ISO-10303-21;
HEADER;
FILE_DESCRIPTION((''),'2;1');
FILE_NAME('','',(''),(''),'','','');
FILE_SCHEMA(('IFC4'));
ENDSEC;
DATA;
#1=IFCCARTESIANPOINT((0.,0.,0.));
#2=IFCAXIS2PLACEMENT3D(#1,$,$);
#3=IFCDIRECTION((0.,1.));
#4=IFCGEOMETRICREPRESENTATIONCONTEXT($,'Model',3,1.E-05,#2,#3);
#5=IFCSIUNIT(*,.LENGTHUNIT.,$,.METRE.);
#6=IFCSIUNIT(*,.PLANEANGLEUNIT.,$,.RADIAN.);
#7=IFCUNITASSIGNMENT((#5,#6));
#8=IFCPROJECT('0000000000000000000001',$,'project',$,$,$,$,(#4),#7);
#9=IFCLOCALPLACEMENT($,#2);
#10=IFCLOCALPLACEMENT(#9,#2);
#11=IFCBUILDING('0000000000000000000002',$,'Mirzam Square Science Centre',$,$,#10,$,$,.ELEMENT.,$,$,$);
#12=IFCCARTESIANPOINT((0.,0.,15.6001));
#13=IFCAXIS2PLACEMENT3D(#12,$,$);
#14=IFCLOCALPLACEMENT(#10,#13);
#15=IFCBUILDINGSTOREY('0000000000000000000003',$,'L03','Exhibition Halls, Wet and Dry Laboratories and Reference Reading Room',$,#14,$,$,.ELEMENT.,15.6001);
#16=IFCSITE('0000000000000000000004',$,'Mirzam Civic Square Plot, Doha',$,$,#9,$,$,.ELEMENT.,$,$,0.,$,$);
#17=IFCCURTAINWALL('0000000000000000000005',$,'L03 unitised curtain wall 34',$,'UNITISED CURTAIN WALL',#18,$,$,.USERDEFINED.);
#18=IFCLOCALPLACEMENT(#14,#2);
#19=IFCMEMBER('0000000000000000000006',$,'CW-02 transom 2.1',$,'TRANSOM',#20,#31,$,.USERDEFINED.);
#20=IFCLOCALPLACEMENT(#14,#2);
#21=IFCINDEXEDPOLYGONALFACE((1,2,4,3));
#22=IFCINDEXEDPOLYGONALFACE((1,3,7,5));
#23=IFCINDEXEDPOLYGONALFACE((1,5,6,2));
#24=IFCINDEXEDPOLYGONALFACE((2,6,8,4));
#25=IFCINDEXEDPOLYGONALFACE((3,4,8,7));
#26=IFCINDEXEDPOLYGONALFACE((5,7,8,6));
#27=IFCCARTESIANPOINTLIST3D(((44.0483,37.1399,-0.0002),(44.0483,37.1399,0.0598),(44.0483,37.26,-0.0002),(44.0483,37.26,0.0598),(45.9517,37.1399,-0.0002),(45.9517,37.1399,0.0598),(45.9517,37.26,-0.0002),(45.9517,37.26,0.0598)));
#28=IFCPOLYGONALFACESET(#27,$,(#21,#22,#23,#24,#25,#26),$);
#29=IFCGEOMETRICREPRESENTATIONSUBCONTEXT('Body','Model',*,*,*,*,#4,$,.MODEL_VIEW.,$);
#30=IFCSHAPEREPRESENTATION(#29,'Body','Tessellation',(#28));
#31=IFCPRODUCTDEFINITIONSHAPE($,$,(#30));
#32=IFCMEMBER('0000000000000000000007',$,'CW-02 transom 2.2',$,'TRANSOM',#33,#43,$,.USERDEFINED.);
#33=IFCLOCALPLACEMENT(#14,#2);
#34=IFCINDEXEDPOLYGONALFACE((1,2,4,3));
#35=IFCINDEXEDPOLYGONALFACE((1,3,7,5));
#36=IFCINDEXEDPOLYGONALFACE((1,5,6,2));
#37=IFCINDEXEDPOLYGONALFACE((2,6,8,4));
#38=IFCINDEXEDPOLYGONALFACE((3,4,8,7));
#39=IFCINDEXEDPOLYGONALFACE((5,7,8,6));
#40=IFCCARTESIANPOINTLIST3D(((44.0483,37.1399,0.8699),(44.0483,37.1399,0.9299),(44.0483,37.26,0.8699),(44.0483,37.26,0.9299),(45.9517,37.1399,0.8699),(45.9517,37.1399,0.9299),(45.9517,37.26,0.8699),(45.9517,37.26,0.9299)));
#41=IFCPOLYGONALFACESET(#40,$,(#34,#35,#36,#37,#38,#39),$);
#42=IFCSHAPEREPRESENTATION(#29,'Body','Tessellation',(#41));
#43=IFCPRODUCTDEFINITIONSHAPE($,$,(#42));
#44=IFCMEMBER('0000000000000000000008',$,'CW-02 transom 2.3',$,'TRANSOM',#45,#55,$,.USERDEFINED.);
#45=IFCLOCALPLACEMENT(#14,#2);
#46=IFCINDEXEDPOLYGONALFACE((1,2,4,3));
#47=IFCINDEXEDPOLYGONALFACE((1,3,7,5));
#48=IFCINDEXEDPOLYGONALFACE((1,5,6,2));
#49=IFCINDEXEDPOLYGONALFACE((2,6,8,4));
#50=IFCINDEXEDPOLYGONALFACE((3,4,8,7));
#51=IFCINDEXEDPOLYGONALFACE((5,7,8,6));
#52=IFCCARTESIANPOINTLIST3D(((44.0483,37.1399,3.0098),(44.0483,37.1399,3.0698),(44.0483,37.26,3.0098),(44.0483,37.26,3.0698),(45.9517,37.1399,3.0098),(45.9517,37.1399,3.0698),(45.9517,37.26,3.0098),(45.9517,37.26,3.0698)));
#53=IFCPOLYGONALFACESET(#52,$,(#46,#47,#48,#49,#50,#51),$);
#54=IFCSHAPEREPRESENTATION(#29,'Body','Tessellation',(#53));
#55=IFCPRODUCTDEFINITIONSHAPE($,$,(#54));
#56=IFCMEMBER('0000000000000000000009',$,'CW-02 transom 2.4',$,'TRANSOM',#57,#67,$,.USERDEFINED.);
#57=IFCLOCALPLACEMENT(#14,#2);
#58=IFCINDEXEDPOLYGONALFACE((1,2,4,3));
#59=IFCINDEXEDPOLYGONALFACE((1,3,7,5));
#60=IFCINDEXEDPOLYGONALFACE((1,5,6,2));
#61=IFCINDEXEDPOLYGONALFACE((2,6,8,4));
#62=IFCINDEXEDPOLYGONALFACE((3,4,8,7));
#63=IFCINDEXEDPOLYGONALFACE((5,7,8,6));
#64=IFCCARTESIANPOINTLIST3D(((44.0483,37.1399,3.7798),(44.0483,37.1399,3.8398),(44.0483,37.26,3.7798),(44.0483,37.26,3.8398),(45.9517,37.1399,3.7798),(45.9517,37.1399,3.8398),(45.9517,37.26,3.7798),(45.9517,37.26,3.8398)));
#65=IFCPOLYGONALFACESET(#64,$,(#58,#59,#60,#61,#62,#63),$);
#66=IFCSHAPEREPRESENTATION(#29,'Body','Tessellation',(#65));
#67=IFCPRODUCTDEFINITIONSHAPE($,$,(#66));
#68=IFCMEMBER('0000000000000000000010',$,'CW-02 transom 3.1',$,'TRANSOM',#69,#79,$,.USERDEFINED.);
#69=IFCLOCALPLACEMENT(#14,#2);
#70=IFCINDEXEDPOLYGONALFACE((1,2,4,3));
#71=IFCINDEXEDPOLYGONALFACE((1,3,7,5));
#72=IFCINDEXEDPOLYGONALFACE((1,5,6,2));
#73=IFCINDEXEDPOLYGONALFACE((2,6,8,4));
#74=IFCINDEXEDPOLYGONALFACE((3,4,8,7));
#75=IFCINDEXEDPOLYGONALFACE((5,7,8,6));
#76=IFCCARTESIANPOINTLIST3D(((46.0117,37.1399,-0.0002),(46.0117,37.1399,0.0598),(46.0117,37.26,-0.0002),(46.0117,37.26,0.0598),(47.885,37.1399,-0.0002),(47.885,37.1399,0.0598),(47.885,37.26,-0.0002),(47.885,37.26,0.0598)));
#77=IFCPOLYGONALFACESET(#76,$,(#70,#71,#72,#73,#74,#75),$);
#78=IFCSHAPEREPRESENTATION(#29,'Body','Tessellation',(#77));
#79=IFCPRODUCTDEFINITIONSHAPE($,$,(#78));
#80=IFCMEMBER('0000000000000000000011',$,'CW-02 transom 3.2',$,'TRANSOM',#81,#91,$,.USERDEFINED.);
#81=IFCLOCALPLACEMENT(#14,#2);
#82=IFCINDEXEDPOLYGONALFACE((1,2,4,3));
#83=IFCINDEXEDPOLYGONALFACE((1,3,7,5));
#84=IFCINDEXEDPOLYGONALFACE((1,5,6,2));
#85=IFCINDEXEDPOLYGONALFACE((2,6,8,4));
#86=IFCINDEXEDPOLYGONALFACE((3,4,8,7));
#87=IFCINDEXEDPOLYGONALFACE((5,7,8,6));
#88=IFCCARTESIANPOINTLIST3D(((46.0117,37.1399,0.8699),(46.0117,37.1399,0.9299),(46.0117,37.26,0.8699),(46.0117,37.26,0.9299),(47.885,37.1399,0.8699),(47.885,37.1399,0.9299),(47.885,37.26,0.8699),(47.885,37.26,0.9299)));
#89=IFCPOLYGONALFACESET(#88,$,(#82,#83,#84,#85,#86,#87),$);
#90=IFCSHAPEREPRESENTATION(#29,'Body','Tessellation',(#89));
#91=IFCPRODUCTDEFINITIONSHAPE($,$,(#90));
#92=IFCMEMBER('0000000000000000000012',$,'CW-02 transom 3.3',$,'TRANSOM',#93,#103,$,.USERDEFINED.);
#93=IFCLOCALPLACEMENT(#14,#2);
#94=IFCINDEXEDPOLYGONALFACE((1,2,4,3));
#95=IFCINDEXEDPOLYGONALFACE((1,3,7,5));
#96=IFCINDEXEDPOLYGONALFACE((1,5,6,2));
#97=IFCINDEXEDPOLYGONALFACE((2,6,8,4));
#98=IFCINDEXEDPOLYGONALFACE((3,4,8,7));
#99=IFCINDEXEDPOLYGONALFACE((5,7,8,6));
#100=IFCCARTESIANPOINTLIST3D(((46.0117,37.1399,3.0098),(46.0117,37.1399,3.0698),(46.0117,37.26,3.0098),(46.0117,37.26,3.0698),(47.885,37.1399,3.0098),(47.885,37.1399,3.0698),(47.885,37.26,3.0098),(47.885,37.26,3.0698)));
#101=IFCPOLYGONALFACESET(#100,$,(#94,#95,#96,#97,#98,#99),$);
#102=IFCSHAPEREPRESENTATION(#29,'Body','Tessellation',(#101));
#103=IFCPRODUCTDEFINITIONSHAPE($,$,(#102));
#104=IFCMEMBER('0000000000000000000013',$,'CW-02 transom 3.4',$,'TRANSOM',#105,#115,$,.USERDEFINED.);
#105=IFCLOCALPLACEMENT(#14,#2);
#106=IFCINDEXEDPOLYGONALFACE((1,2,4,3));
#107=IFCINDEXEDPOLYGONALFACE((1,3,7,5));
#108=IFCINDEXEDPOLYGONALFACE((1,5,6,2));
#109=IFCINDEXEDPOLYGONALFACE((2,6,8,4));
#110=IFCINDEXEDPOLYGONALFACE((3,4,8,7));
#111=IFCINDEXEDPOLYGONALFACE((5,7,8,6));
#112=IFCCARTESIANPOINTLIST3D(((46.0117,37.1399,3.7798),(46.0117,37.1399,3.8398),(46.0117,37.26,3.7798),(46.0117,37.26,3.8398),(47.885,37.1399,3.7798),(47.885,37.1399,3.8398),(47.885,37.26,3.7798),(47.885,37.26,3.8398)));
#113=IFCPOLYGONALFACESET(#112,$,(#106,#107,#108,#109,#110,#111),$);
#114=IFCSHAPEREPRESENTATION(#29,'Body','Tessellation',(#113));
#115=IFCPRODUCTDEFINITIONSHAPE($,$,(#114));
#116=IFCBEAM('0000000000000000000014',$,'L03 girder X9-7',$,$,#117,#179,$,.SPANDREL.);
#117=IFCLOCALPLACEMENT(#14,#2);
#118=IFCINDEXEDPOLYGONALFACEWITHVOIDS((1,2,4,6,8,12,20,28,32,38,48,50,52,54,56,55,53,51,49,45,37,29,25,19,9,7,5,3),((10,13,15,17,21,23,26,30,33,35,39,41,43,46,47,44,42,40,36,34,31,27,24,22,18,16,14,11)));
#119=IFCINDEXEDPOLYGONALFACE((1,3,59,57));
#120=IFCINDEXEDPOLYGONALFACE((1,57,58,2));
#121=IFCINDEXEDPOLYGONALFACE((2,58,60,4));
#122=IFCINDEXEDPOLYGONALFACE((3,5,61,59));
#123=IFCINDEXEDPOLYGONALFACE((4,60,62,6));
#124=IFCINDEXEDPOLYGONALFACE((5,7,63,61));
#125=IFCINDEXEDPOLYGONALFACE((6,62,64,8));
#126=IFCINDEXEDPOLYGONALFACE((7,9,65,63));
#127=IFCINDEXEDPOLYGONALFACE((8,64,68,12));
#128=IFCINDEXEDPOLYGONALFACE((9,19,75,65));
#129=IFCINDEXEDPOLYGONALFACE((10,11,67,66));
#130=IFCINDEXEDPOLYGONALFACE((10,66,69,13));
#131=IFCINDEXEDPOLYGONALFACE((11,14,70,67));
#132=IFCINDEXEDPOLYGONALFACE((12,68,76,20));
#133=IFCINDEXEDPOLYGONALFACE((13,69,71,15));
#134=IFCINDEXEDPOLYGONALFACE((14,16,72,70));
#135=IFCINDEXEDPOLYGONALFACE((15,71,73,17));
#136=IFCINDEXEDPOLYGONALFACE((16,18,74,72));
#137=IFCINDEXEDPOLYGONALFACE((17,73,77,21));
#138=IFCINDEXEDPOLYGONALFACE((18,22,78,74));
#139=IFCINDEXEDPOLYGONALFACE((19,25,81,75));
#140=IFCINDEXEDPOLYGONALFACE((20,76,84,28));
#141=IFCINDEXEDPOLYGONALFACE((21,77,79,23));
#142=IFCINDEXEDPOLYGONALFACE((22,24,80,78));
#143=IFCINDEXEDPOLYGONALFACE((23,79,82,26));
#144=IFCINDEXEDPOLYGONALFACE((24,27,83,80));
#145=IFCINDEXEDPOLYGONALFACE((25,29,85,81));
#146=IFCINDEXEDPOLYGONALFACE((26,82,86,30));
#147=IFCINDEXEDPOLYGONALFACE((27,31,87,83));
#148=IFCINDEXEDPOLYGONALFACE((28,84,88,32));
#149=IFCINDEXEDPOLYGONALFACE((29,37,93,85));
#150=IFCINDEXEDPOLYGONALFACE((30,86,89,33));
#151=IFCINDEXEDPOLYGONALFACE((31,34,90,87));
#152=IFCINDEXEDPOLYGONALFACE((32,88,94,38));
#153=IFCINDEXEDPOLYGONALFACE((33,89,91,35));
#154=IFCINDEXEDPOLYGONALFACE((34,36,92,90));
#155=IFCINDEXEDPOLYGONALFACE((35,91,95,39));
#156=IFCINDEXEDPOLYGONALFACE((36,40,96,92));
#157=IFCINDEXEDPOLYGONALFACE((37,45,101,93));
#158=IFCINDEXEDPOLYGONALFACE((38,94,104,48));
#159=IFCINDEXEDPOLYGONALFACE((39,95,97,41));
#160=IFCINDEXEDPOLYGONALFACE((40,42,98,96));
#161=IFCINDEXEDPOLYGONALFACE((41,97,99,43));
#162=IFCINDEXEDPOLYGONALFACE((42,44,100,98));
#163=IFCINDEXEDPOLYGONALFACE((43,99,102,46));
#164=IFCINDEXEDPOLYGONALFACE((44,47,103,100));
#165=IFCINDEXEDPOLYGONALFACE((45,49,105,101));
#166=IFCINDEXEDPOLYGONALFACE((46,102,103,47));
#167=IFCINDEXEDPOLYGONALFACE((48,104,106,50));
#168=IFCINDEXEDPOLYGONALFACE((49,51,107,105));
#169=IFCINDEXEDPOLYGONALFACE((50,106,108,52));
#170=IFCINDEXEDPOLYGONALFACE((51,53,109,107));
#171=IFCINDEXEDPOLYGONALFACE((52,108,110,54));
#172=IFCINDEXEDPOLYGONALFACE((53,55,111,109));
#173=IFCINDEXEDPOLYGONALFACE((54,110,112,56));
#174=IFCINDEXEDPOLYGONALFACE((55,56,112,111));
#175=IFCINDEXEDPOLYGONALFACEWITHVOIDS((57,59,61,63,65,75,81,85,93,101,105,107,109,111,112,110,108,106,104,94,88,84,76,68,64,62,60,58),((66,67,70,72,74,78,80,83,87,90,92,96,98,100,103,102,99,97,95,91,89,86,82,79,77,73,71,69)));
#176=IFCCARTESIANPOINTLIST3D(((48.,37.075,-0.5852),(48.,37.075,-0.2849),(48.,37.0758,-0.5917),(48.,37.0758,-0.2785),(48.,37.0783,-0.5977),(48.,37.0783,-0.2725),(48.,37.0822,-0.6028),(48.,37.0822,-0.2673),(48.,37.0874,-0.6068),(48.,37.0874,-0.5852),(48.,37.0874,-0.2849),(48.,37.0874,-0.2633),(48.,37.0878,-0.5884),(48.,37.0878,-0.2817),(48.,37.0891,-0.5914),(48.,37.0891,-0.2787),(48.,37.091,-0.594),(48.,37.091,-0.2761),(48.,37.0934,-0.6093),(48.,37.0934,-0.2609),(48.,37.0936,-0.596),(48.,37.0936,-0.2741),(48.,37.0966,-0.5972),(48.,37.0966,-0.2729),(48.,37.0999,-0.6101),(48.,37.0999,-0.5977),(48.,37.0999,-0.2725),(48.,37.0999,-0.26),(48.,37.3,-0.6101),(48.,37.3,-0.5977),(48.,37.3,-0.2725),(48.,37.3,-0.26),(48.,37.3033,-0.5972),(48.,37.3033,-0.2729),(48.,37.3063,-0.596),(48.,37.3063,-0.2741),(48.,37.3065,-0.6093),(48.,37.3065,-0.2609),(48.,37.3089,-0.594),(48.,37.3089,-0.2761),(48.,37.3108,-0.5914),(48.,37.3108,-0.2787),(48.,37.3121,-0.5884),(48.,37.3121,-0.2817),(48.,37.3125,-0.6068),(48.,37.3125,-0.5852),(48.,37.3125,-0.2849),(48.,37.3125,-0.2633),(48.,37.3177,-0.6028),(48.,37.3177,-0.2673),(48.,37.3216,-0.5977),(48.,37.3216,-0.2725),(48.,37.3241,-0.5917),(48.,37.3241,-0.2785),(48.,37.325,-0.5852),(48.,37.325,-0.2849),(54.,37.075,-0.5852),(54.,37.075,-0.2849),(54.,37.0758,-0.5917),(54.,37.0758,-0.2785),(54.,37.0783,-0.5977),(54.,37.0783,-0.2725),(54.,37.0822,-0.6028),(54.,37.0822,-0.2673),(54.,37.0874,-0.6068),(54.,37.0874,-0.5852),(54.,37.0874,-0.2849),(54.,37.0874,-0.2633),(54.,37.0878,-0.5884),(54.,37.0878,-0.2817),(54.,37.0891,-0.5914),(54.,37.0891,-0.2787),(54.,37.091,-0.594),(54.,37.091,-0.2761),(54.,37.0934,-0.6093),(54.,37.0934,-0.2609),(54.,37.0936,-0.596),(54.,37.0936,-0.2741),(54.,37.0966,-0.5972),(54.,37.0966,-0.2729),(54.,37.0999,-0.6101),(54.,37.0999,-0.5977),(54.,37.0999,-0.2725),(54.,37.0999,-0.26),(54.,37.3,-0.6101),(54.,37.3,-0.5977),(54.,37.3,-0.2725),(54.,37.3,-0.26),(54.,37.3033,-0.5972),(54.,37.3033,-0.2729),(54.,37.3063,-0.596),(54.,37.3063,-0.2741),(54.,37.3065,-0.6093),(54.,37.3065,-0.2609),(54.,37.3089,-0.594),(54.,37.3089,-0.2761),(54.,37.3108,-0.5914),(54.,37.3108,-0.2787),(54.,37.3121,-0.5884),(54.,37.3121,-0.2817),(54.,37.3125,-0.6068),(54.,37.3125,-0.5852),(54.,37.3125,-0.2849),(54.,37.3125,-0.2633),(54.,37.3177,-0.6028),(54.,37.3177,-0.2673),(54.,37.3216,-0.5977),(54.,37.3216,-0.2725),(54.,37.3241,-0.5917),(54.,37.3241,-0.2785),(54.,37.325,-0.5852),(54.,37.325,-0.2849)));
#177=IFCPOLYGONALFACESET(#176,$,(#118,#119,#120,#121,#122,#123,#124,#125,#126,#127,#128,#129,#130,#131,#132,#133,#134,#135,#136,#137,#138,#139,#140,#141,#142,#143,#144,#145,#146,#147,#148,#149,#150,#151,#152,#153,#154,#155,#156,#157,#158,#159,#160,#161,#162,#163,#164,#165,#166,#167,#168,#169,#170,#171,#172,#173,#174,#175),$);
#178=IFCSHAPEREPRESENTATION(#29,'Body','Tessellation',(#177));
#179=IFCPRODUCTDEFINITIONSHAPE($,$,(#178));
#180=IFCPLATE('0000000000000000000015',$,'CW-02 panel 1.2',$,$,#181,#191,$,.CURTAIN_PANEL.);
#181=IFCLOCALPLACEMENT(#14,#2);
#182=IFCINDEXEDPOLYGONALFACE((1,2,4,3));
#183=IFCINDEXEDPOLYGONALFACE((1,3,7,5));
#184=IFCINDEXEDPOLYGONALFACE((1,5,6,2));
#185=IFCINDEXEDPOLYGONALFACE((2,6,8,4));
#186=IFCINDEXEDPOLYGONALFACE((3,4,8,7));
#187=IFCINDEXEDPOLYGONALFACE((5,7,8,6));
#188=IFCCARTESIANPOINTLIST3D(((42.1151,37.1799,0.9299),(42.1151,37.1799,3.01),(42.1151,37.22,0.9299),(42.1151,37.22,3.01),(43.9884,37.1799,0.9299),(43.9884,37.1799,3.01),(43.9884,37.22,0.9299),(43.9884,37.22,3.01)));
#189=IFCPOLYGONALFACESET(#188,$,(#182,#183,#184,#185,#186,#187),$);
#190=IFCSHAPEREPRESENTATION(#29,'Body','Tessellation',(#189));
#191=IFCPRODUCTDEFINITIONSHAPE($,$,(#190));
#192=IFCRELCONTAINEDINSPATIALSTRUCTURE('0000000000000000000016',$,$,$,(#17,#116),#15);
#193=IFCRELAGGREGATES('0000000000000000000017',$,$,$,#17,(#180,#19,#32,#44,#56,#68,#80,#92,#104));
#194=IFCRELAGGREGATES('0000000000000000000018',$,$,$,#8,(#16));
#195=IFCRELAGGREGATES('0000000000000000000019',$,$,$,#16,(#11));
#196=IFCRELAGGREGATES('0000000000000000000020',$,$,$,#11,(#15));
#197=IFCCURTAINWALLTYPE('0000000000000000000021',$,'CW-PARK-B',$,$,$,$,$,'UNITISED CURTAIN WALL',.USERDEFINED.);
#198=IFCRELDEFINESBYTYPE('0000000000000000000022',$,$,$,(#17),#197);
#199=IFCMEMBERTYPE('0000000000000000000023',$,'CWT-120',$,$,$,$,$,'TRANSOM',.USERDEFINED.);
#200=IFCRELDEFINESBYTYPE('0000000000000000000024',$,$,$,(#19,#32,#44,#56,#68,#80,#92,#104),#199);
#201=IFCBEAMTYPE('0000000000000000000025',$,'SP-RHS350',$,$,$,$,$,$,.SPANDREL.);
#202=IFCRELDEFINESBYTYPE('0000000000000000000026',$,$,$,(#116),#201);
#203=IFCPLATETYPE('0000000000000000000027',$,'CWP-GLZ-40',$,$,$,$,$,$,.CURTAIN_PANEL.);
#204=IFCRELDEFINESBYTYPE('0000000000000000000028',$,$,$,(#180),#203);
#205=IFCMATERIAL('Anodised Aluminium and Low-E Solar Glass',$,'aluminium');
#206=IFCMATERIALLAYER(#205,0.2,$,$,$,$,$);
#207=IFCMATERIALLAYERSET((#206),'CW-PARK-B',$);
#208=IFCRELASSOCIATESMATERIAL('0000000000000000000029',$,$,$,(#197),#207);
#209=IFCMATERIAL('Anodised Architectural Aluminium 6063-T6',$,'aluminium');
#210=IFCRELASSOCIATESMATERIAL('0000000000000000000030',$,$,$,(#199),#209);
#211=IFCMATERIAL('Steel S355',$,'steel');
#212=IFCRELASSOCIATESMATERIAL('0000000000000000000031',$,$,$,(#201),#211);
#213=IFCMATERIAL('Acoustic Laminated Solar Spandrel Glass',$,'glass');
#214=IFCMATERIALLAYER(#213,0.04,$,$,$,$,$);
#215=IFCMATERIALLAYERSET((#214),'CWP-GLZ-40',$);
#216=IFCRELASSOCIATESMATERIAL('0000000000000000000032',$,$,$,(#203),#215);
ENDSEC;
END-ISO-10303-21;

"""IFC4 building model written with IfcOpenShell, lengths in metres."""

from ifc_helpers import new_model, si_unit, direction, frame, origin, origin_2d, place, context, subcontext, project, spatial, rectangle, hollow_rectangle, extrude, material, layer, layer_set, material_profile, profile_set, type_object, element, aggregate, save


model = new_model("IFC4")

# Units and contexts
model_context = context("Model", 3, precision=1e-05, world=origin(), true_north=direction((0.0, 1.0)))
body_context = subcontext(model_context, "Body", "Model", "MODEL_VIEW")
ifc_project = project(units=[si_unit("LENGTHUNIT", "METRE"), si_unit("PLANEANGLEUNIT", "RADIAN")], contexts=[model_context])

# Site, building, storey
site_placement = place(None, origin())
site = spatial("IfcSite", under=ifc_project, at=site_placement, Name="Mirzam Civic Square Plot, Doha", CompositionType="ELEMENT", RefElevation=0.0)
building_placement = place(site_placement, origin())
building = spatial("IfcBuilding", under=site, at=building_placement, Name="Mirzam Square Science Centre", CompositionType="ELEMENT")
storey_placement = place(building_placement, frame((0.0, 0.0, 15.6001)))
storey = spatial("IfcBuildingStorey", under=building, at=storey_placement, Name="L03", Description="Exhibition Halls, Wet and Dry Laboratories and Reference Reading Room", CompositionType="ELEMENT", Elevation=15.6001)

# Shared definitions
ifc_material_1 = material(Name="Steel S355", Category="steel")

# Curtain wall, members
ifc_material_2 = material(Name="Anodised Aluminium and Low-E Solar Glass", Category="aluminium")
ifc_layer_1 = layer(ifc_material_2, 0.2)
ifc_layer_set_1 = layer_set([ifc_layer_1], Name="CW-PARK-B")
curtain_wall_type = type_object("IfcCurtainWallType", Name="CW-PARK-B", ElementType="UNITISED CURTAIN WALL", PredefinedType="USERDEFINED", material=ifc_layer_set_1)
curtain_wall_placement = place(storey_placement, origin())
curtain_wall = element("IfcCurtainWall", 1, at=curtain_wall_placement, inside=storey, type_object=curtain_wall_type, Name="L03 unitised curtain wall 34", ObjectType="UNITISED CURTAIN WALL", PredefinedType="USERDEFINED")
ifc_material_3 = material(Name="Anodised Architectural Aluminium 6063-T6", Category="aluminium")
ifc_material_profile_1 = material_profile(ifc_material_3, rectangle(XDim=0.1201, YDim=0.0601, at=origin_2d()), Name="ALU-TRAN-120x60x4")
ifc_profile_set_1 = profile_set([ifc_material_profile_1], Name="Anodised Architectural Aluminium 6063-T6")
member_type_1 = type_object("IfcMemberType", Name="CWT-120", ElementType="TRANSOM", PredefinedType="USERDEFINED", material=ifc_profile_set_1)
member_1_placement = place(storey_placement, frame((44.0483, 37.2, 0.0298), z_axis=(1.0, 0.0, 0.0), x_axis=(0.0, 1.0, 0.0)))
member_1 = element("IfcMember", 2, at=member_1_placement, type_object=member_type_1, Name="CW-02 transom 2.1", ObjectType="TRANSOM", PredefinedType="USERDEFINED", context=body_context, shape_type="SweptSolid", body=[
    extrude(rectangle(XDim=0.1201, YDim=0.0601, at=origin_2d()), origin(), (0.0, 0.0, 1.0), 1.9033),
])
member_2_placement = place(storey_placement, frame((44.0483, 37.2, 0.8999), z_axis=(1.0, 0.0, 0.0), x_axis=(0.0, 1.0, 0.0)))
member_2 = element("IfcMember", 3, at=member_2_placement, type_object=member_type_1, Name="CW-02 transom 2.2", ObjectType="TRANSOM", PredefinedType="USERDEFINED", context=body_context, shape_type="SweptSolid", body=[
    extrude(rectangle(XDim=0.1201, YDim=0.0601, at=origin_2d()), origin(), (0.0, 0.0, 1.0), 1.9033),
])
member_3_placement = place(storey_placement, frame((44.0483, 37.2, 3.0398), z_axis=(1.0, 0.0, 0.0), x_axis=(0.0, 1.0, 0.0)))
member_3 = element("IfcMember", 4, at=member_3_placement, type_object=member_type_1, Name="CW-02 transom 2.3", ObjectType="TRANSOM", PredefinedType="USERDEFINED", context=body_context, shape_type="SweptSolid", body=[
    extrude(rectangle(XDim=0.1201, YDim=0.0601, at=origin_2d()), origin(), (0.0, 0.0, 1.0), 1.9033),
])
member_4_placement = place(storey_placement, frame((44.0483, 37.2, 3.8098), z_axis=(1.0, 0.0, 0.0), x_axis=(0.0, 1.0, 0.0)))
member_4 = element("IfcMember", 5, at=member_4_placement, type_object=member_type_1, Name="CW-02 transom 2.4", ObjectType="TRANSOM", PredefinedType="USERDEFINED", context=body_context, shape_type="SweptSolid", body=[
    extrude(rectangle(XDim=0.1201, YDim=0.0601, at=origin_2d()), origin(), (0.0, 0.0, 1.0), 1.9033),
])
member_5_placement = place(storey_placement, frame((46.0117, 37.2, 0.0298), z_axis=(1.0, 0.0, 0.0), x_axis=(0.0, 1.0, 0.0)))
member_5 = element("IfcMember", 6, at=member_5_placement, type_object=member_type_1, Name="CW-02 transom 3.1", ObjectType="TRANSOM", PredefinedType="USERDEFINED", context=body_context, shape_type="SweptSolid", body=[
    extrude(rectangle(XDim=0.1201, YDim=0.0601, at=origin_2d()), origin(), (0.0, 0.0, 1.0), 1.8733),
])
member_6_placement = place(storey_placement, frame((46.0117, 37.2, 0.8999), z_axis=(1.0, 0.0, 0.0), x_axis=(0.0, 1.0, 0.0)))
member_6 = element("IfcMember", 7, at=member_6_placement, type_object=member_type_1, Name="CW-02 transom 3.2", ObjectType="TRANSOM", PredefinedType="USERDEFINED", context=body_context, shape_type="SweptSolid", body=[
    extrude(rectangle(XDim=0.1201, YDim=0.0601, at=origin_2d()), origin(), (0.0, 0.0, 1.0), 1.8733),
])
member_7_placement = place(storey_placement, frame((46.0117, 37.2, 3.0398), z_axis=(1.0, 0.0, 0.0), x_axis=(0.0, 1.0, 0.0)))
member_7 = element("IfcMember", 8, at=member_7_placement, type_object=member_type_1, Name="CW-02 transom 3.3", ObjectType="TRANSOM", PredefinedType="USERDEFINED", context=body_context, shape_type="SweptSolid", body=[
    extrude(rectangle(XDim=0.1201, YDim=0.0601, at=origin_2d()), origin(), (0.0, 0.0, 1.0), 1.8733),
])
member_8_placement = place(storey_placement, frame((46.0117, 37.2, 3.8098), z_axis=(1.0, 0.0, 0.0), x_axis=(0.0, 1.0, 0.0)))
member_8 = element("IfcMember", 9, at=member_8_placement, type_object=member_type_1, Name="CW-02 transom 3.4", ObjectType="TRANSOM", PredefinedType="USERDEFINED", context=body_context, shape_type="SweptSolid", body=[
    extrude(rectangle(XDim=0.1201, YDim=0.0601, at=origin_2d()), origin(), (0.0, 0.0, 1.0), 1.8733),
])

# Beam
ifc_material_profile_2 = material_profile(ifc_material_1, hollow_rectangle(XDim=0.25, YDim=0.3501, WallThickness=0.0125, InnerFilletRadius=0.0125, OuterFilletRadius=0.0249, at=origin_2d()), Name="350x250x12.5RHS")
ifc_profile_set_2 = profile_set([ifc_material_profile_2], Name="Steel S355")
beam_type_1 = type_object("IfcBeamType", Name="SP-RHS350", PredefinedType="SPANDREL", material=ifc_profile_set_2)
beam_1_placement = place(storey_placement, frame((48.0, 37.2, -0.4351), z_axis=(1.0, 0.0, 0.0), x_axis=(0.0, 1.0, 0.0)))
element("IfcBeam", 10, at=beam_1_placement, inside=storey, type_object=beam_type_1, Name="L03 girder X9-7", PredefinedType="SPANDREL", context=body_context, shape_type="SweptSolid", body=[
    extrude(hollow_rectangle(XDim=0.25, YDim=0.3501, WallThickness=0.0125, InnerFilletRadius=0.0125, OuterFilletRadius=0.0249, at=origin_2d()), origin(), (0.0, 0.0, 1.0), 6.0),
])

# Plate
ifc_material_4 = material(Name="Acoustic Laminated Solar Spandrel Glass", Category="glass")
ifc_layer_2 = layer(ifc_material_4, 0.04)
ifc_layer_set_2 = layer_set([ifc_layer_2], Name="CWP-GLZ-40")
plate_type = type_object("IfcPlateType", Name="CWP-GLZ-40", PredefinedType="CURTAIN_PANEL", material=ifc_layer_set_2)
plate_1_placement = place(storey_placement, frame((43.0518, 37.2, 0.9299), z_axis=(0.0, 0.0, 1.0), x_axis=(1.0, 0.0, 0.0)))
plate_1 = element("IfcPlate", 11, at=plate_1_placement, type_object=plate_type, Name="CW-02 panel 1.2", PredefinedType="CURTAIN_PANEL", context=body_context, shape_type="SweptSolid", body=[
    extrude(rectangle(XDim=1.8733, YDim=0.04, at=origin_2d()), origin(), (0.0, 0.0, 1.0), 2.0801),
])
aggregate(curtain_wall, [plate_1, member_1, member_2, member_3, member_4, member_5, member_6, member_7, member_8])

save(model, "model.ifc")
